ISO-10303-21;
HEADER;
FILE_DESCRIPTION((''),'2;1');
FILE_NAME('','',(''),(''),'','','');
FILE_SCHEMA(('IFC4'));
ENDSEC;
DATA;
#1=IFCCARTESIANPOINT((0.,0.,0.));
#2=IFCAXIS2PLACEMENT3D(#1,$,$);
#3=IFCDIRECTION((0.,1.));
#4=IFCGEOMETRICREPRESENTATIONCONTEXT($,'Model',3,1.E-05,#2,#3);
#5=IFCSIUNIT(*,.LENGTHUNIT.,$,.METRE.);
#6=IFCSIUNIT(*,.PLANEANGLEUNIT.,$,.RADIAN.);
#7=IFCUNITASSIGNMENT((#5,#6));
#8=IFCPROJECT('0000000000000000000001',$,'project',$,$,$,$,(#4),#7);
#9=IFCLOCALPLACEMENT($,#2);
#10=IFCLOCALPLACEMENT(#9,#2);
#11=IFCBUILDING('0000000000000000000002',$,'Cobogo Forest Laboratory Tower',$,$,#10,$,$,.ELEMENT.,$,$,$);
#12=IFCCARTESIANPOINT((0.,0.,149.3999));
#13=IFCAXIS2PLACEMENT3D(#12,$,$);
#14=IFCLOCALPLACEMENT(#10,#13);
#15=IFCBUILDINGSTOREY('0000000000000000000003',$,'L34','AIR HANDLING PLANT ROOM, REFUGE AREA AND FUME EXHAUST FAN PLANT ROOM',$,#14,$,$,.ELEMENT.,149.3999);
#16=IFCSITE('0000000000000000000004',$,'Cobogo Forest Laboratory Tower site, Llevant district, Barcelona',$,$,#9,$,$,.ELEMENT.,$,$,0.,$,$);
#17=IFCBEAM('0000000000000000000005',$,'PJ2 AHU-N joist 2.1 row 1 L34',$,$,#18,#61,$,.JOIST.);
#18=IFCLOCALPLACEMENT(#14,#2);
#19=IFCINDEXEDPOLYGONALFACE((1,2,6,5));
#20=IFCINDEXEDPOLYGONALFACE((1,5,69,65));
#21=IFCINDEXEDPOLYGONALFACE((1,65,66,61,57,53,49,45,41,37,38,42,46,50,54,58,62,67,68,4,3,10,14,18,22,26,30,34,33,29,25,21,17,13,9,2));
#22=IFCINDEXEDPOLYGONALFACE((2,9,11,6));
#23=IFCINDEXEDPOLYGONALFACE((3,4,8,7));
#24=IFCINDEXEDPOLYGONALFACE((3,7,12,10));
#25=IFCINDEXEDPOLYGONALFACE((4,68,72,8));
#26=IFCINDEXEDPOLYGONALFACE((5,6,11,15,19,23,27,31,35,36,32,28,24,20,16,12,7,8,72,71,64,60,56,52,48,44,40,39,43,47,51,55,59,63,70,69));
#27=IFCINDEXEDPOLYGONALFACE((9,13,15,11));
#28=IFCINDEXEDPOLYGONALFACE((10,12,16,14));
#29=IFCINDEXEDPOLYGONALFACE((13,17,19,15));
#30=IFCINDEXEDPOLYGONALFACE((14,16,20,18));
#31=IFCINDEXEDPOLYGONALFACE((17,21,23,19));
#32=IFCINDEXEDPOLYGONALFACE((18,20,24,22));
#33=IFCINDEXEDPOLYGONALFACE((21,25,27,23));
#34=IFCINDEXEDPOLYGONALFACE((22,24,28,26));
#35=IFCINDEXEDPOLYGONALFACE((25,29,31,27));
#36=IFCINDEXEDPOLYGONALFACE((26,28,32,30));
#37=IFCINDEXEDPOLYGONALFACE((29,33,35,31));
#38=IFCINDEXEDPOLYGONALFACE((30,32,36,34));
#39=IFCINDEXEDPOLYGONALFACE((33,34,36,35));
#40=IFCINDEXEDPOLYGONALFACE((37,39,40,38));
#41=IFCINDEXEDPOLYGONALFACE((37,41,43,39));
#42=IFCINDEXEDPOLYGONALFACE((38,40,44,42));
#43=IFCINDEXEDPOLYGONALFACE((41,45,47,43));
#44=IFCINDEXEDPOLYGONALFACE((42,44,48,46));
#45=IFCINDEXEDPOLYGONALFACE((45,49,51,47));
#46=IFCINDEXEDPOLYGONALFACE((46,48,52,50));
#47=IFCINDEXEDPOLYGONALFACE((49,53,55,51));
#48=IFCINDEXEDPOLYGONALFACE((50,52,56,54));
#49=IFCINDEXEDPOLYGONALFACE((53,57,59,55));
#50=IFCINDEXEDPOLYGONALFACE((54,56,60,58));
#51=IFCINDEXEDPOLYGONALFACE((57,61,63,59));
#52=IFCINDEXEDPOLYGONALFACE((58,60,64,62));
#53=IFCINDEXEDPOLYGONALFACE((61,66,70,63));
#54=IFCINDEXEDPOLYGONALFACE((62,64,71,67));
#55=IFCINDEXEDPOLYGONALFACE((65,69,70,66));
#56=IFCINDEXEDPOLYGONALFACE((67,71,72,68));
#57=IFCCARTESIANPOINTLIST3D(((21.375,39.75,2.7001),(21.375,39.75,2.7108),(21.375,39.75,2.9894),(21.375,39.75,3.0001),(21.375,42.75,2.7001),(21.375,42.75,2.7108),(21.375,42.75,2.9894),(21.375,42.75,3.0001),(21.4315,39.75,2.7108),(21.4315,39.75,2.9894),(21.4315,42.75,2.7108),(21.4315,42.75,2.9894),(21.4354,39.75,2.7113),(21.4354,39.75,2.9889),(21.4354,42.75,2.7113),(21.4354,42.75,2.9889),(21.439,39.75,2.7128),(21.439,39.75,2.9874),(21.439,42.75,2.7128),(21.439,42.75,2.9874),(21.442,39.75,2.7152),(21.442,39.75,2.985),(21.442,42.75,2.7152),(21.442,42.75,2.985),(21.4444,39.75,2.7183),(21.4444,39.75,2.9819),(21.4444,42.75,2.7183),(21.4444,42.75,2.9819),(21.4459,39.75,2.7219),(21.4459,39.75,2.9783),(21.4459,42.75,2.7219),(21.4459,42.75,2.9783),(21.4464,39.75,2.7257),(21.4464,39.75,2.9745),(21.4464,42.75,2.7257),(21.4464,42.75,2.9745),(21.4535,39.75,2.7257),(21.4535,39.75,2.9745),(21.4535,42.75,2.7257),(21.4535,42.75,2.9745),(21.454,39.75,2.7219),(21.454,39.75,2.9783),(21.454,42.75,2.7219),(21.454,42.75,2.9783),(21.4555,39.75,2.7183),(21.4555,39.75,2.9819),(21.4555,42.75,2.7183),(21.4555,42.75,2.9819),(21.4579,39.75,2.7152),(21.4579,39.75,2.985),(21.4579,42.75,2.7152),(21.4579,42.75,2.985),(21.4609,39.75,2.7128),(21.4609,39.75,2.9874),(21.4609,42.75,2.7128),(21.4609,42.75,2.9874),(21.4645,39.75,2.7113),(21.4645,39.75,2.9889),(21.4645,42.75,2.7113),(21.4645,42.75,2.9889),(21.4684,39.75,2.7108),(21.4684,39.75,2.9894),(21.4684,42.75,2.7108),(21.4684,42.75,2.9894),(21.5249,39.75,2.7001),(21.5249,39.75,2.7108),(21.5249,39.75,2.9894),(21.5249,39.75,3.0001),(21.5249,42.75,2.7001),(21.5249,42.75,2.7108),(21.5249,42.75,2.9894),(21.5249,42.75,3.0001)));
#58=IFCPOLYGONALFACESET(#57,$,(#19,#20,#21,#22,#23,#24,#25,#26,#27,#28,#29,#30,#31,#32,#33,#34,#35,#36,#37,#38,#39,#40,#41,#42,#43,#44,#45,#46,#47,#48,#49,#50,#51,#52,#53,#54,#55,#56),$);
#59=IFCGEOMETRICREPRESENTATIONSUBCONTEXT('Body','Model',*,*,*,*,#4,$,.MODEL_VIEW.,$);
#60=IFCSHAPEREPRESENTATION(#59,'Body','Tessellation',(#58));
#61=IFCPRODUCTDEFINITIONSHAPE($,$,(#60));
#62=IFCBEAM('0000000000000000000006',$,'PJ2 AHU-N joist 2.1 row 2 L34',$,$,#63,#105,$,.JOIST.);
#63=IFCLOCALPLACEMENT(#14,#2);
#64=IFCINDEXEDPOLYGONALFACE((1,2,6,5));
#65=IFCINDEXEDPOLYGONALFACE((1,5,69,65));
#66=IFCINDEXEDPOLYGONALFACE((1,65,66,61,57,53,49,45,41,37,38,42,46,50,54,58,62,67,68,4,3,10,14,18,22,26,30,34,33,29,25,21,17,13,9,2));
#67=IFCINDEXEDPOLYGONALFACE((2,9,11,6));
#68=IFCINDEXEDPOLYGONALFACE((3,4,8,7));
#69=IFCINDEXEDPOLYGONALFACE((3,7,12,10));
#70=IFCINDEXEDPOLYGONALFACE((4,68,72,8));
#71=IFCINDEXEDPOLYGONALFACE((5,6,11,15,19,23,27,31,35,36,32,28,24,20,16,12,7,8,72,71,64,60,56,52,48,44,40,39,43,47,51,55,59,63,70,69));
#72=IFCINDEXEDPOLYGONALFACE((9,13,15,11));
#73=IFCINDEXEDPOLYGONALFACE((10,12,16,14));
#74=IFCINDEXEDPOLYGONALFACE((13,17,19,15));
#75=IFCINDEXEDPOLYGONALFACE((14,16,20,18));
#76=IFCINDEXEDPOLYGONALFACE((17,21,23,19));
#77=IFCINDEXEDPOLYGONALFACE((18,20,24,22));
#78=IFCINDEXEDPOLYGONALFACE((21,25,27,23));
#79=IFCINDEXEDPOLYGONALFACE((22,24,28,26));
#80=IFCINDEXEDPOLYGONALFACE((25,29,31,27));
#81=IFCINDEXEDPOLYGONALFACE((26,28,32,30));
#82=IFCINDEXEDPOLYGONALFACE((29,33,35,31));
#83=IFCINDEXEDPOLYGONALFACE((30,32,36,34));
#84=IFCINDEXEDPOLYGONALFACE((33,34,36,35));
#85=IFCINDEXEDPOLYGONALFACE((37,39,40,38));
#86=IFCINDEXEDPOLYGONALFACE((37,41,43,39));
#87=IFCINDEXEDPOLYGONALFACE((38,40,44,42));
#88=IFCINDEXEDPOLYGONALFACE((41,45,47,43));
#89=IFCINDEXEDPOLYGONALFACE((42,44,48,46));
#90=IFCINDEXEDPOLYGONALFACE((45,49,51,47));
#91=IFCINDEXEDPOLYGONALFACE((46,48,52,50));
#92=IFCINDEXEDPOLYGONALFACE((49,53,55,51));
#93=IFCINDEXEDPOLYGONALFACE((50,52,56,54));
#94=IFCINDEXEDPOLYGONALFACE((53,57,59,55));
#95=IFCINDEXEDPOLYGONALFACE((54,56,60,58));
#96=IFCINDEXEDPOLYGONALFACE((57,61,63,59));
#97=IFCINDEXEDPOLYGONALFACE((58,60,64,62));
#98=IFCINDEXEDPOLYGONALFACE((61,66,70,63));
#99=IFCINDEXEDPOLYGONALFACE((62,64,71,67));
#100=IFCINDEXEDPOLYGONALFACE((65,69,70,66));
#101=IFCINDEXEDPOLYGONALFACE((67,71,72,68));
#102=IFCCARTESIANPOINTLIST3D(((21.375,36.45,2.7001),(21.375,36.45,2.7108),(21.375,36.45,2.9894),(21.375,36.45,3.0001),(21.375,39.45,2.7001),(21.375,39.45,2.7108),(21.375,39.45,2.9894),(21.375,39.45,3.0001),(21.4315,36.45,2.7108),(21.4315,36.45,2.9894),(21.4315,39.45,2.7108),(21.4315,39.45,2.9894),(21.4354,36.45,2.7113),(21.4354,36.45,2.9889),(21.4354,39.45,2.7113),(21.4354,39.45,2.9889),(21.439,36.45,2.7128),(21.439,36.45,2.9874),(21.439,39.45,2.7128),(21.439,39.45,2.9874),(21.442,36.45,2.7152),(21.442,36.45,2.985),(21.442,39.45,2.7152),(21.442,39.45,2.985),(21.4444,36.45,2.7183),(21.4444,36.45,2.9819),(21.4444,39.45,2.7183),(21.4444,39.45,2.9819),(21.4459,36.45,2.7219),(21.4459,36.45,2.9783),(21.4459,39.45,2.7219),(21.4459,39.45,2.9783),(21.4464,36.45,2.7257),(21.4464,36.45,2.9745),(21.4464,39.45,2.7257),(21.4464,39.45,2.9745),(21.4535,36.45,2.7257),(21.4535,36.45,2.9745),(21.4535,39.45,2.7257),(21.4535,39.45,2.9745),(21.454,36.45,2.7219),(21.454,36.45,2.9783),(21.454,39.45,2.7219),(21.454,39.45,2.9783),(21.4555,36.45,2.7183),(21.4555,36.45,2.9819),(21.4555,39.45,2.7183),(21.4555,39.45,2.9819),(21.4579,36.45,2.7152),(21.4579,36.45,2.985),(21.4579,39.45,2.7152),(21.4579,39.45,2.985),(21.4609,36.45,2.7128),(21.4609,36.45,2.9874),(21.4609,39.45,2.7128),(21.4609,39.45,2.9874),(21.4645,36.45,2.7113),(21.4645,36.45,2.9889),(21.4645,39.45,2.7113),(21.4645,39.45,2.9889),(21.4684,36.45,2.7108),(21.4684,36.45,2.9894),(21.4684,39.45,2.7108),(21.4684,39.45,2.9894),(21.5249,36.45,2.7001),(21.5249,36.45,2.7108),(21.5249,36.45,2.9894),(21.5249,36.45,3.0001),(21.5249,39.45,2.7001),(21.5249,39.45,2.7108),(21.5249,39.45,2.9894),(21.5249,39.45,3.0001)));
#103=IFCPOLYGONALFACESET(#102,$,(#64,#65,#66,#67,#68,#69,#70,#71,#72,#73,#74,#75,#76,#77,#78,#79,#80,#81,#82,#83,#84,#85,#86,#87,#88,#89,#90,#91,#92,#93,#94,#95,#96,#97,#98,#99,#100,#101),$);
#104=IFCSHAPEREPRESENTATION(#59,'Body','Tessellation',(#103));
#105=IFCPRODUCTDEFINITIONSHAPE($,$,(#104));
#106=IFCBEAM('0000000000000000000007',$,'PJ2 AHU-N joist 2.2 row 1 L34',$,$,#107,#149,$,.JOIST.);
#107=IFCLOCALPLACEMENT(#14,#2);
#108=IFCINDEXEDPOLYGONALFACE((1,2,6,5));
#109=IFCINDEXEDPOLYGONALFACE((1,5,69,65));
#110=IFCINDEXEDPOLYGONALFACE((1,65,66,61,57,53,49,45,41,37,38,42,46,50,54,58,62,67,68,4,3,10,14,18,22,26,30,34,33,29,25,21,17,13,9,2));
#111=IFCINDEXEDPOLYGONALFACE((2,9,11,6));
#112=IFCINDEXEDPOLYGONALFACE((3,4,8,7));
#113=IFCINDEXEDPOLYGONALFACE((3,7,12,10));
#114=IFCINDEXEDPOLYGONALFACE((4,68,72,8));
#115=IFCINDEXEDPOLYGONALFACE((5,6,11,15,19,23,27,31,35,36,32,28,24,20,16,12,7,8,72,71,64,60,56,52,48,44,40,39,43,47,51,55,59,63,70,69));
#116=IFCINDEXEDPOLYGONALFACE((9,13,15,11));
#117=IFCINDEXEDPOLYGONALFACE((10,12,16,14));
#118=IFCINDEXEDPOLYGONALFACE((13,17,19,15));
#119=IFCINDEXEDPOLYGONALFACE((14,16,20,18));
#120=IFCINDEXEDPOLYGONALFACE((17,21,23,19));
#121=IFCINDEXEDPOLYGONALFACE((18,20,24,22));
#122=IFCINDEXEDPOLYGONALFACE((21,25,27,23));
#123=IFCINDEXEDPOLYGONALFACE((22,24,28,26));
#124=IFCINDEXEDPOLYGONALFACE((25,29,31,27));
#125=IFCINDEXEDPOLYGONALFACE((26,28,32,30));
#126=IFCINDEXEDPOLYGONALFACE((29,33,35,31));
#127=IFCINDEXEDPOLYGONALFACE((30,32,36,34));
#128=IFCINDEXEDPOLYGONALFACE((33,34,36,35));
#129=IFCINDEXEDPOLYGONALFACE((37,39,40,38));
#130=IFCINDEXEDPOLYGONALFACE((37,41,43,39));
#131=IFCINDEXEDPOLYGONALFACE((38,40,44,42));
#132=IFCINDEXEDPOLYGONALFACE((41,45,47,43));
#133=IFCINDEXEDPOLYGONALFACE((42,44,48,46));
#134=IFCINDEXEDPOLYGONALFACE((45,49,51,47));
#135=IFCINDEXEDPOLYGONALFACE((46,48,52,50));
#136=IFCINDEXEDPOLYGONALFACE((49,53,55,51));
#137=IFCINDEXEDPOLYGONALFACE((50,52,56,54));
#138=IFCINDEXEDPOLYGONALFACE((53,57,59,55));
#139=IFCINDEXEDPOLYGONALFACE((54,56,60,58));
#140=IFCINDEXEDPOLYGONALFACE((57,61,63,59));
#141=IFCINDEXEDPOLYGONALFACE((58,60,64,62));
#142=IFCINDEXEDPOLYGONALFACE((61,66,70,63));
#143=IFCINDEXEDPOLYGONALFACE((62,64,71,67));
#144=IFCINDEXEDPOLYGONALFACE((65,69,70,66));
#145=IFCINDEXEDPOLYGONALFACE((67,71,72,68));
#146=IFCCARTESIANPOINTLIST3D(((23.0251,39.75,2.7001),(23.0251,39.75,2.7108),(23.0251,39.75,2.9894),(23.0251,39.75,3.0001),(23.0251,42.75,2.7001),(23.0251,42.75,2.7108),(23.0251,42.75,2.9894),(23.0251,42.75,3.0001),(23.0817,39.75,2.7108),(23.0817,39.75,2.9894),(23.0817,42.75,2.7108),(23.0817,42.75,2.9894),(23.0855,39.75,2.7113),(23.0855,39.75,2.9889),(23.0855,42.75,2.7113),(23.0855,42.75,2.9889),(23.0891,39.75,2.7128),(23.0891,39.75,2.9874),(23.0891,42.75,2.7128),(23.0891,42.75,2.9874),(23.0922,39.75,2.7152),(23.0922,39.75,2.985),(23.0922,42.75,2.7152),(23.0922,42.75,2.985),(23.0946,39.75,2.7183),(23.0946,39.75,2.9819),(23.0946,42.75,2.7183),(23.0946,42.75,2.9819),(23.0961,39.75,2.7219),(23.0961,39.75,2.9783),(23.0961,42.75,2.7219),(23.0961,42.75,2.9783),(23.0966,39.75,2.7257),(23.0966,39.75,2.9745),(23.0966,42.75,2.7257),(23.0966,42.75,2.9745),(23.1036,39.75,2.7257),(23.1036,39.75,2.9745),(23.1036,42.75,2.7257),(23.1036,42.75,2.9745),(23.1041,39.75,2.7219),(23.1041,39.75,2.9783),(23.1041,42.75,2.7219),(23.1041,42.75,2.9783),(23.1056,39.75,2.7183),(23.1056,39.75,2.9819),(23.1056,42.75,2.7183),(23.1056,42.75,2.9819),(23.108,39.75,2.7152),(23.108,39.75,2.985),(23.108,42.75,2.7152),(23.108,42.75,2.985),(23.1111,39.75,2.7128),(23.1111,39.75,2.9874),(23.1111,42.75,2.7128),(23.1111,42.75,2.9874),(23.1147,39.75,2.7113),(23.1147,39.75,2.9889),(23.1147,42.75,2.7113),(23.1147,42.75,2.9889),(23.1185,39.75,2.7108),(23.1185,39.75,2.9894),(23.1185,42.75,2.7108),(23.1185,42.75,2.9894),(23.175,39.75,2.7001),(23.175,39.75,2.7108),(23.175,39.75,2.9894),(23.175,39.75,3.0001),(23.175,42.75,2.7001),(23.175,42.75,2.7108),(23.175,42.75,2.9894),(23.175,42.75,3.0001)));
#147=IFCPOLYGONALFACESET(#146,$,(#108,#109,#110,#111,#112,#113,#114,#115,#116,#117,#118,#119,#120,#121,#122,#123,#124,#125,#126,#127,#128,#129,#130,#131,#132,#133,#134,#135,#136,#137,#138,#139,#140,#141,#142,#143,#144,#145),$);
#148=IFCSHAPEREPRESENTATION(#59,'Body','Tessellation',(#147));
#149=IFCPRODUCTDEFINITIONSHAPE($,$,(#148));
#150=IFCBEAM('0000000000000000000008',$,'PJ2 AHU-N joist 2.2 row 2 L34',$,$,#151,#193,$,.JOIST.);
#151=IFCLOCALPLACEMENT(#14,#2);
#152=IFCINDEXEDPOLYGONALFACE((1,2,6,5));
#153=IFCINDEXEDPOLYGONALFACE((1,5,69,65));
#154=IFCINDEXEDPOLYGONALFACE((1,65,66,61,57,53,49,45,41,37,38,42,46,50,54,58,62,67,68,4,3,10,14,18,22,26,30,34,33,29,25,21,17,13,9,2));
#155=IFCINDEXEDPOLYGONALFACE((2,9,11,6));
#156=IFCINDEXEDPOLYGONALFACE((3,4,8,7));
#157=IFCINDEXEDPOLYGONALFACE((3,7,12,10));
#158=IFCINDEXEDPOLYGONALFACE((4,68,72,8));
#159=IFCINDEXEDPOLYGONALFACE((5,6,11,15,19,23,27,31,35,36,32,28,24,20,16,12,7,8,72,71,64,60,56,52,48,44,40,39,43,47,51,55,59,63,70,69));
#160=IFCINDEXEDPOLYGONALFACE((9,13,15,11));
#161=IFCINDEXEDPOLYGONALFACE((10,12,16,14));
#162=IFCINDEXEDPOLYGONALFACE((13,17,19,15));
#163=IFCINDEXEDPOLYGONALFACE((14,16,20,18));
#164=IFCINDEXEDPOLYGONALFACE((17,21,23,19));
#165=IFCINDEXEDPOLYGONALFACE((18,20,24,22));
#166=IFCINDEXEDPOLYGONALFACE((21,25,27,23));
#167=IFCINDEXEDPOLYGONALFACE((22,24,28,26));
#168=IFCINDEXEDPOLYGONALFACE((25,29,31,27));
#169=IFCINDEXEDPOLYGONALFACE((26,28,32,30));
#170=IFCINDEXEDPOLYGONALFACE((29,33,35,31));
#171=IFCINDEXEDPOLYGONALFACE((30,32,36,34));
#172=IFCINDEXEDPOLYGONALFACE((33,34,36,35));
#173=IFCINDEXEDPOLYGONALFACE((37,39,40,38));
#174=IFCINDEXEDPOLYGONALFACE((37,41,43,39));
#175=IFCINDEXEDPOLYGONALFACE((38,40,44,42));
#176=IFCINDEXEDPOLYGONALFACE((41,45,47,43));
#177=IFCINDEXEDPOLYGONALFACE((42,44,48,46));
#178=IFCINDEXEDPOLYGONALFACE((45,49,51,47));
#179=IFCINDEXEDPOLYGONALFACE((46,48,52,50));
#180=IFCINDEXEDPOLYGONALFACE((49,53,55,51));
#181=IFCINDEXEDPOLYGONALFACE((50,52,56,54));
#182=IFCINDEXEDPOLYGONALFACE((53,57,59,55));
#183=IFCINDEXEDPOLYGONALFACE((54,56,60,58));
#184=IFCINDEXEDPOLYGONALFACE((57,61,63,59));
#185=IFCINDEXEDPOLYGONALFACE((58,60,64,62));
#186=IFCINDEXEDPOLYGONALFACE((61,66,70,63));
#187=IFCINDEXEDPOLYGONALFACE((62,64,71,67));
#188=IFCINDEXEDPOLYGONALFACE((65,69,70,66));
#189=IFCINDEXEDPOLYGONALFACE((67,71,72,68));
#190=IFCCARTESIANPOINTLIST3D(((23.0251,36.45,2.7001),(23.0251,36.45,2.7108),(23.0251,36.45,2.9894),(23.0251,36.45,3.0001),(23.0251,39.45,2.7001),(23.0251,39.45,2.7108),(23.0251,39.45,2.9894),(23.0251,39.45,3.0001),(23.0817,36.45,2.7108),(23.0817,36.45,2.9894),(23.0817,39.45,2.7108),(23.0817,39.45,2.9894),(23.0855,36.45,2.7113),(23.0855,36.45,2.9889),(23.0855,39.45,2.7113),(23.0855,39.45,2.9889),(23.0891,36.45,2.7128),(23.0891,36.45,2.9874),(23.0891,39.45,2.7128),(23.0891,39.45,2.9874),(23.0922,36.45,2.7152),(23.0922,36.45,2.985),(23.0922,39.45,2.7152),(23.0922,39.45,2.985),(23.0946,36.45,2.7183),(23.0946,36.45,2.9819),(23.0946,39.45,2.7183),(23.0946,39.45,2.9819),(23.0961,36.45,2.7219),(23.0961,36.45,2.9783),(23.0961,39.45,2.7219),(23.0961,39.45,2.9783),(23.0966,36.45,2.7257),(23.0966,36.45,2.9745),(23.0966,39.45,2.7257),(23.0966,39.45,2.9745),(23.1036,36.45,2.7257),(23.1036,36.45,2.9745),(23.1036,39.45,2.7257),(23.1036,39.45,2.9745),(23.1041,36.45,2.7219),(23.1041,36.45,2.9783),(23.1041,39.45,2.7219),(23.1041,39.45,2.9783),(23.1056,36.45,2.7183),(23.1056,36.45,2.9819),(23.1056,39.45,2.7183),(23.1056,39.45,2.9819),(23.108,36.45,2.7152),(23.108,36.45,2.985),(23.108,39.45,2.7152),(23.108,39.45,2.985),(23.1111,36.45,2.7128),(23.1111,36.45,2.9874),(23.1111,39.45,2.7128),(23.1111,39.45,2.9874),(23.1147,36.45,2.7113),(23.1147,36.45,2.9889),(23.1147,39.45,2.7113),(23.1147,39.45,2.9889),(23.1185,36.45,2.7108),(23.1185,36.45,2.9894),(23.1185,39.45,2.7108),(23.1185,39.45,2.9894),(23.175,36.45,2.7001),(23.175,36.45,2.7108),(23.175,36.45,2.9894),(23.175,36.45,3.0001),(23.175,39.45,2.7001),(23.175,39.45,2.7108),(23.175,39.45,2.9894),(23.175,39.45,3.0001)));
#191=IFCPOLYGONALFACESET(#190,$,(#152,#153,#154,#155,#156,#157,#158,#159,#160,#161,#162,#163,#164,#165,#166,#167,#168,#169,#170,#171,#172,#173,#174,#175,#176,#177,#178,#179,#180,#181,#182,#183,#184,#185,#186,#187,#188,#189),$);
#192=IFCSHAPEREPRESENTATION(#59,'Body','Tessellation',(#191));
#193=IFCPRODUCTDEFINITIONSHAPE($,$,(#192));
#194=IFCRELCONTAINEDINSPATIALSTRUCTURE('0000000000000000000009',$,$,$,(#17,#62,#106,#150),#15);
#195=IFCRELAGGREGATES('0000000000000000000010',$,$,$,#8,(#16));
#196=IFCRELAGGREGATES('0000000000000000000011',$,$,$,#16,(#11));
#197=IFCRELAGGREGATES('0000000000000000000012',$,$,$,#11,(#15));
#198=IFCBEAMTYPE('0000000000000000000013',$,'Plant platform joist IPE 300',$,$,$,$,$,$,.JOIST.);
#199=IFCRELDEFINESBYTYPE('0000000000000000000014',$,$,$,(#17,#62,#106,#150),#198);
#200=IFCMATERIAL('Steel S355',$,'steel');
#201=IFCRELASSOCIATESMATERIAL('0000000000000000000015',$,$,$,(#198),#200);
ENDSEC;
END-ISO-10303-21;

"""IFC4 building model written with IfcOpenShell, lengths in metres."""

from ifc_helpers import new_model, si_unit, direction, frame, origin, origin_2d, place, context, subcontext, project, spatial, i_section, extrude, material, material_profile, profile_set, type_object, element, save


model = new_model("IFC4")

# Units and contexts
model_context = context("Model", 3, precision=1e-05, world=origin(), true_north=direction((0.0, 1.0)))
body_context = subcontext(model_context, "Body", "Model", "MODEL_VIEW")
ifc_project = project(units=[si_unit("LENGTHUNIT", "METRE"), si_unit("PLANEANGLEUNIT", "RADIAN")], contexts=[model_context])

# Site, building, storey
site_placement = place(None, origin())
site = spatial("IfcSite", under=ifc_project, at=site_placement, Name="Cobogo Forest Laboratory Tower site, Llevant district, Barcelona", CompositionType="ELEMENT", RefElevation=0.0)
building_placement = place(site_placement, origin())
building = spatial("IfcBuilding", under=site, at=building_placement, Name="Cobogo Forest Laboratory Tower", CompositionType="ELEMENT")
storey_placement = place(building_placement, frame((0.0, 0.0, 149.3999)))
storey = spatial("IfcBuildingStorey", under=building, at=storey_placement, Name="L34", Description="AIR HANDLING PLANT ROOM, REFUGE AREA AND FUME EXHAUST FAN PLANT ROOM", CompositionType="ELEMENT", Elevation=149.3999)

# Shared definitions
ifc_material_1 = material(Name="Steel S355", Category="steel")

# Beams
ifc_material_profile_1 = material_profile(ifc_material_1, i_section(OverallWidth=0.1499, OverallDepth=0.3, WebThickness=0.0071, FlangeThickness=0.0107, FilletRadius=0.0149, at=origin_2d()), Name="IPE 300")
ifc_profile_set_1 = profile_set([ifc_material_profile_1], Name="Steel S355")
beam_type_1 = type_object("IfcBeamType", Name="Plant platform joist IPE 300", PredefinedType="JOIST", material=ifc_profile_set_1)
for number, where, z_axis, x_axis, name in (
    (1, (21.45, 42.75, 2.8501), (0.0, -1.0, 0.0), (1.0, 0.0, 0.0), "PJ2 AHU-N joist 2.1 row 1 L34"),
    (2, (21.45, 39.45, 2.8501), (0.0, -1.0, 0.0), (1.0, 0.0, 0.0), "PJ2 AHU-N joist 2.1 row 2 L34"),
    (3, (23.1001, 42.75, 2.8501), (0.0, -1.0, 0.0), (1.0, 0.0, 0.0), "PJ2 AHU-N joist 2.2 row 1 L34"),
    (4, (23.1001, 39.45, 2.8501), (0.0, -1.0, 0.0), (1.0, 0.0, 0.0), "PJ2 AHU-N joist 2.2 row 2 L34"),
):
    element("IfcBeam", number, at=place(storey_placement, frame(where, z_axis=z_axis, x_axis=x_axis)), inside=storey, type_object=beam_type_1, Name=name, PredefinedType="JOIST", context=body_context, shape_type="SweptSolid", body=[
        extrude(i_section(OverallWidth=0.1499, OverallDepth=0.3, WebThickness=0.0071, FlangeThickness=0.0107, FilletRadius=0.0149, at=origin_2d()), origin(), (0.0, 0.0, 1.0), 3.0),
    ])

save(model, "model.ifc")
